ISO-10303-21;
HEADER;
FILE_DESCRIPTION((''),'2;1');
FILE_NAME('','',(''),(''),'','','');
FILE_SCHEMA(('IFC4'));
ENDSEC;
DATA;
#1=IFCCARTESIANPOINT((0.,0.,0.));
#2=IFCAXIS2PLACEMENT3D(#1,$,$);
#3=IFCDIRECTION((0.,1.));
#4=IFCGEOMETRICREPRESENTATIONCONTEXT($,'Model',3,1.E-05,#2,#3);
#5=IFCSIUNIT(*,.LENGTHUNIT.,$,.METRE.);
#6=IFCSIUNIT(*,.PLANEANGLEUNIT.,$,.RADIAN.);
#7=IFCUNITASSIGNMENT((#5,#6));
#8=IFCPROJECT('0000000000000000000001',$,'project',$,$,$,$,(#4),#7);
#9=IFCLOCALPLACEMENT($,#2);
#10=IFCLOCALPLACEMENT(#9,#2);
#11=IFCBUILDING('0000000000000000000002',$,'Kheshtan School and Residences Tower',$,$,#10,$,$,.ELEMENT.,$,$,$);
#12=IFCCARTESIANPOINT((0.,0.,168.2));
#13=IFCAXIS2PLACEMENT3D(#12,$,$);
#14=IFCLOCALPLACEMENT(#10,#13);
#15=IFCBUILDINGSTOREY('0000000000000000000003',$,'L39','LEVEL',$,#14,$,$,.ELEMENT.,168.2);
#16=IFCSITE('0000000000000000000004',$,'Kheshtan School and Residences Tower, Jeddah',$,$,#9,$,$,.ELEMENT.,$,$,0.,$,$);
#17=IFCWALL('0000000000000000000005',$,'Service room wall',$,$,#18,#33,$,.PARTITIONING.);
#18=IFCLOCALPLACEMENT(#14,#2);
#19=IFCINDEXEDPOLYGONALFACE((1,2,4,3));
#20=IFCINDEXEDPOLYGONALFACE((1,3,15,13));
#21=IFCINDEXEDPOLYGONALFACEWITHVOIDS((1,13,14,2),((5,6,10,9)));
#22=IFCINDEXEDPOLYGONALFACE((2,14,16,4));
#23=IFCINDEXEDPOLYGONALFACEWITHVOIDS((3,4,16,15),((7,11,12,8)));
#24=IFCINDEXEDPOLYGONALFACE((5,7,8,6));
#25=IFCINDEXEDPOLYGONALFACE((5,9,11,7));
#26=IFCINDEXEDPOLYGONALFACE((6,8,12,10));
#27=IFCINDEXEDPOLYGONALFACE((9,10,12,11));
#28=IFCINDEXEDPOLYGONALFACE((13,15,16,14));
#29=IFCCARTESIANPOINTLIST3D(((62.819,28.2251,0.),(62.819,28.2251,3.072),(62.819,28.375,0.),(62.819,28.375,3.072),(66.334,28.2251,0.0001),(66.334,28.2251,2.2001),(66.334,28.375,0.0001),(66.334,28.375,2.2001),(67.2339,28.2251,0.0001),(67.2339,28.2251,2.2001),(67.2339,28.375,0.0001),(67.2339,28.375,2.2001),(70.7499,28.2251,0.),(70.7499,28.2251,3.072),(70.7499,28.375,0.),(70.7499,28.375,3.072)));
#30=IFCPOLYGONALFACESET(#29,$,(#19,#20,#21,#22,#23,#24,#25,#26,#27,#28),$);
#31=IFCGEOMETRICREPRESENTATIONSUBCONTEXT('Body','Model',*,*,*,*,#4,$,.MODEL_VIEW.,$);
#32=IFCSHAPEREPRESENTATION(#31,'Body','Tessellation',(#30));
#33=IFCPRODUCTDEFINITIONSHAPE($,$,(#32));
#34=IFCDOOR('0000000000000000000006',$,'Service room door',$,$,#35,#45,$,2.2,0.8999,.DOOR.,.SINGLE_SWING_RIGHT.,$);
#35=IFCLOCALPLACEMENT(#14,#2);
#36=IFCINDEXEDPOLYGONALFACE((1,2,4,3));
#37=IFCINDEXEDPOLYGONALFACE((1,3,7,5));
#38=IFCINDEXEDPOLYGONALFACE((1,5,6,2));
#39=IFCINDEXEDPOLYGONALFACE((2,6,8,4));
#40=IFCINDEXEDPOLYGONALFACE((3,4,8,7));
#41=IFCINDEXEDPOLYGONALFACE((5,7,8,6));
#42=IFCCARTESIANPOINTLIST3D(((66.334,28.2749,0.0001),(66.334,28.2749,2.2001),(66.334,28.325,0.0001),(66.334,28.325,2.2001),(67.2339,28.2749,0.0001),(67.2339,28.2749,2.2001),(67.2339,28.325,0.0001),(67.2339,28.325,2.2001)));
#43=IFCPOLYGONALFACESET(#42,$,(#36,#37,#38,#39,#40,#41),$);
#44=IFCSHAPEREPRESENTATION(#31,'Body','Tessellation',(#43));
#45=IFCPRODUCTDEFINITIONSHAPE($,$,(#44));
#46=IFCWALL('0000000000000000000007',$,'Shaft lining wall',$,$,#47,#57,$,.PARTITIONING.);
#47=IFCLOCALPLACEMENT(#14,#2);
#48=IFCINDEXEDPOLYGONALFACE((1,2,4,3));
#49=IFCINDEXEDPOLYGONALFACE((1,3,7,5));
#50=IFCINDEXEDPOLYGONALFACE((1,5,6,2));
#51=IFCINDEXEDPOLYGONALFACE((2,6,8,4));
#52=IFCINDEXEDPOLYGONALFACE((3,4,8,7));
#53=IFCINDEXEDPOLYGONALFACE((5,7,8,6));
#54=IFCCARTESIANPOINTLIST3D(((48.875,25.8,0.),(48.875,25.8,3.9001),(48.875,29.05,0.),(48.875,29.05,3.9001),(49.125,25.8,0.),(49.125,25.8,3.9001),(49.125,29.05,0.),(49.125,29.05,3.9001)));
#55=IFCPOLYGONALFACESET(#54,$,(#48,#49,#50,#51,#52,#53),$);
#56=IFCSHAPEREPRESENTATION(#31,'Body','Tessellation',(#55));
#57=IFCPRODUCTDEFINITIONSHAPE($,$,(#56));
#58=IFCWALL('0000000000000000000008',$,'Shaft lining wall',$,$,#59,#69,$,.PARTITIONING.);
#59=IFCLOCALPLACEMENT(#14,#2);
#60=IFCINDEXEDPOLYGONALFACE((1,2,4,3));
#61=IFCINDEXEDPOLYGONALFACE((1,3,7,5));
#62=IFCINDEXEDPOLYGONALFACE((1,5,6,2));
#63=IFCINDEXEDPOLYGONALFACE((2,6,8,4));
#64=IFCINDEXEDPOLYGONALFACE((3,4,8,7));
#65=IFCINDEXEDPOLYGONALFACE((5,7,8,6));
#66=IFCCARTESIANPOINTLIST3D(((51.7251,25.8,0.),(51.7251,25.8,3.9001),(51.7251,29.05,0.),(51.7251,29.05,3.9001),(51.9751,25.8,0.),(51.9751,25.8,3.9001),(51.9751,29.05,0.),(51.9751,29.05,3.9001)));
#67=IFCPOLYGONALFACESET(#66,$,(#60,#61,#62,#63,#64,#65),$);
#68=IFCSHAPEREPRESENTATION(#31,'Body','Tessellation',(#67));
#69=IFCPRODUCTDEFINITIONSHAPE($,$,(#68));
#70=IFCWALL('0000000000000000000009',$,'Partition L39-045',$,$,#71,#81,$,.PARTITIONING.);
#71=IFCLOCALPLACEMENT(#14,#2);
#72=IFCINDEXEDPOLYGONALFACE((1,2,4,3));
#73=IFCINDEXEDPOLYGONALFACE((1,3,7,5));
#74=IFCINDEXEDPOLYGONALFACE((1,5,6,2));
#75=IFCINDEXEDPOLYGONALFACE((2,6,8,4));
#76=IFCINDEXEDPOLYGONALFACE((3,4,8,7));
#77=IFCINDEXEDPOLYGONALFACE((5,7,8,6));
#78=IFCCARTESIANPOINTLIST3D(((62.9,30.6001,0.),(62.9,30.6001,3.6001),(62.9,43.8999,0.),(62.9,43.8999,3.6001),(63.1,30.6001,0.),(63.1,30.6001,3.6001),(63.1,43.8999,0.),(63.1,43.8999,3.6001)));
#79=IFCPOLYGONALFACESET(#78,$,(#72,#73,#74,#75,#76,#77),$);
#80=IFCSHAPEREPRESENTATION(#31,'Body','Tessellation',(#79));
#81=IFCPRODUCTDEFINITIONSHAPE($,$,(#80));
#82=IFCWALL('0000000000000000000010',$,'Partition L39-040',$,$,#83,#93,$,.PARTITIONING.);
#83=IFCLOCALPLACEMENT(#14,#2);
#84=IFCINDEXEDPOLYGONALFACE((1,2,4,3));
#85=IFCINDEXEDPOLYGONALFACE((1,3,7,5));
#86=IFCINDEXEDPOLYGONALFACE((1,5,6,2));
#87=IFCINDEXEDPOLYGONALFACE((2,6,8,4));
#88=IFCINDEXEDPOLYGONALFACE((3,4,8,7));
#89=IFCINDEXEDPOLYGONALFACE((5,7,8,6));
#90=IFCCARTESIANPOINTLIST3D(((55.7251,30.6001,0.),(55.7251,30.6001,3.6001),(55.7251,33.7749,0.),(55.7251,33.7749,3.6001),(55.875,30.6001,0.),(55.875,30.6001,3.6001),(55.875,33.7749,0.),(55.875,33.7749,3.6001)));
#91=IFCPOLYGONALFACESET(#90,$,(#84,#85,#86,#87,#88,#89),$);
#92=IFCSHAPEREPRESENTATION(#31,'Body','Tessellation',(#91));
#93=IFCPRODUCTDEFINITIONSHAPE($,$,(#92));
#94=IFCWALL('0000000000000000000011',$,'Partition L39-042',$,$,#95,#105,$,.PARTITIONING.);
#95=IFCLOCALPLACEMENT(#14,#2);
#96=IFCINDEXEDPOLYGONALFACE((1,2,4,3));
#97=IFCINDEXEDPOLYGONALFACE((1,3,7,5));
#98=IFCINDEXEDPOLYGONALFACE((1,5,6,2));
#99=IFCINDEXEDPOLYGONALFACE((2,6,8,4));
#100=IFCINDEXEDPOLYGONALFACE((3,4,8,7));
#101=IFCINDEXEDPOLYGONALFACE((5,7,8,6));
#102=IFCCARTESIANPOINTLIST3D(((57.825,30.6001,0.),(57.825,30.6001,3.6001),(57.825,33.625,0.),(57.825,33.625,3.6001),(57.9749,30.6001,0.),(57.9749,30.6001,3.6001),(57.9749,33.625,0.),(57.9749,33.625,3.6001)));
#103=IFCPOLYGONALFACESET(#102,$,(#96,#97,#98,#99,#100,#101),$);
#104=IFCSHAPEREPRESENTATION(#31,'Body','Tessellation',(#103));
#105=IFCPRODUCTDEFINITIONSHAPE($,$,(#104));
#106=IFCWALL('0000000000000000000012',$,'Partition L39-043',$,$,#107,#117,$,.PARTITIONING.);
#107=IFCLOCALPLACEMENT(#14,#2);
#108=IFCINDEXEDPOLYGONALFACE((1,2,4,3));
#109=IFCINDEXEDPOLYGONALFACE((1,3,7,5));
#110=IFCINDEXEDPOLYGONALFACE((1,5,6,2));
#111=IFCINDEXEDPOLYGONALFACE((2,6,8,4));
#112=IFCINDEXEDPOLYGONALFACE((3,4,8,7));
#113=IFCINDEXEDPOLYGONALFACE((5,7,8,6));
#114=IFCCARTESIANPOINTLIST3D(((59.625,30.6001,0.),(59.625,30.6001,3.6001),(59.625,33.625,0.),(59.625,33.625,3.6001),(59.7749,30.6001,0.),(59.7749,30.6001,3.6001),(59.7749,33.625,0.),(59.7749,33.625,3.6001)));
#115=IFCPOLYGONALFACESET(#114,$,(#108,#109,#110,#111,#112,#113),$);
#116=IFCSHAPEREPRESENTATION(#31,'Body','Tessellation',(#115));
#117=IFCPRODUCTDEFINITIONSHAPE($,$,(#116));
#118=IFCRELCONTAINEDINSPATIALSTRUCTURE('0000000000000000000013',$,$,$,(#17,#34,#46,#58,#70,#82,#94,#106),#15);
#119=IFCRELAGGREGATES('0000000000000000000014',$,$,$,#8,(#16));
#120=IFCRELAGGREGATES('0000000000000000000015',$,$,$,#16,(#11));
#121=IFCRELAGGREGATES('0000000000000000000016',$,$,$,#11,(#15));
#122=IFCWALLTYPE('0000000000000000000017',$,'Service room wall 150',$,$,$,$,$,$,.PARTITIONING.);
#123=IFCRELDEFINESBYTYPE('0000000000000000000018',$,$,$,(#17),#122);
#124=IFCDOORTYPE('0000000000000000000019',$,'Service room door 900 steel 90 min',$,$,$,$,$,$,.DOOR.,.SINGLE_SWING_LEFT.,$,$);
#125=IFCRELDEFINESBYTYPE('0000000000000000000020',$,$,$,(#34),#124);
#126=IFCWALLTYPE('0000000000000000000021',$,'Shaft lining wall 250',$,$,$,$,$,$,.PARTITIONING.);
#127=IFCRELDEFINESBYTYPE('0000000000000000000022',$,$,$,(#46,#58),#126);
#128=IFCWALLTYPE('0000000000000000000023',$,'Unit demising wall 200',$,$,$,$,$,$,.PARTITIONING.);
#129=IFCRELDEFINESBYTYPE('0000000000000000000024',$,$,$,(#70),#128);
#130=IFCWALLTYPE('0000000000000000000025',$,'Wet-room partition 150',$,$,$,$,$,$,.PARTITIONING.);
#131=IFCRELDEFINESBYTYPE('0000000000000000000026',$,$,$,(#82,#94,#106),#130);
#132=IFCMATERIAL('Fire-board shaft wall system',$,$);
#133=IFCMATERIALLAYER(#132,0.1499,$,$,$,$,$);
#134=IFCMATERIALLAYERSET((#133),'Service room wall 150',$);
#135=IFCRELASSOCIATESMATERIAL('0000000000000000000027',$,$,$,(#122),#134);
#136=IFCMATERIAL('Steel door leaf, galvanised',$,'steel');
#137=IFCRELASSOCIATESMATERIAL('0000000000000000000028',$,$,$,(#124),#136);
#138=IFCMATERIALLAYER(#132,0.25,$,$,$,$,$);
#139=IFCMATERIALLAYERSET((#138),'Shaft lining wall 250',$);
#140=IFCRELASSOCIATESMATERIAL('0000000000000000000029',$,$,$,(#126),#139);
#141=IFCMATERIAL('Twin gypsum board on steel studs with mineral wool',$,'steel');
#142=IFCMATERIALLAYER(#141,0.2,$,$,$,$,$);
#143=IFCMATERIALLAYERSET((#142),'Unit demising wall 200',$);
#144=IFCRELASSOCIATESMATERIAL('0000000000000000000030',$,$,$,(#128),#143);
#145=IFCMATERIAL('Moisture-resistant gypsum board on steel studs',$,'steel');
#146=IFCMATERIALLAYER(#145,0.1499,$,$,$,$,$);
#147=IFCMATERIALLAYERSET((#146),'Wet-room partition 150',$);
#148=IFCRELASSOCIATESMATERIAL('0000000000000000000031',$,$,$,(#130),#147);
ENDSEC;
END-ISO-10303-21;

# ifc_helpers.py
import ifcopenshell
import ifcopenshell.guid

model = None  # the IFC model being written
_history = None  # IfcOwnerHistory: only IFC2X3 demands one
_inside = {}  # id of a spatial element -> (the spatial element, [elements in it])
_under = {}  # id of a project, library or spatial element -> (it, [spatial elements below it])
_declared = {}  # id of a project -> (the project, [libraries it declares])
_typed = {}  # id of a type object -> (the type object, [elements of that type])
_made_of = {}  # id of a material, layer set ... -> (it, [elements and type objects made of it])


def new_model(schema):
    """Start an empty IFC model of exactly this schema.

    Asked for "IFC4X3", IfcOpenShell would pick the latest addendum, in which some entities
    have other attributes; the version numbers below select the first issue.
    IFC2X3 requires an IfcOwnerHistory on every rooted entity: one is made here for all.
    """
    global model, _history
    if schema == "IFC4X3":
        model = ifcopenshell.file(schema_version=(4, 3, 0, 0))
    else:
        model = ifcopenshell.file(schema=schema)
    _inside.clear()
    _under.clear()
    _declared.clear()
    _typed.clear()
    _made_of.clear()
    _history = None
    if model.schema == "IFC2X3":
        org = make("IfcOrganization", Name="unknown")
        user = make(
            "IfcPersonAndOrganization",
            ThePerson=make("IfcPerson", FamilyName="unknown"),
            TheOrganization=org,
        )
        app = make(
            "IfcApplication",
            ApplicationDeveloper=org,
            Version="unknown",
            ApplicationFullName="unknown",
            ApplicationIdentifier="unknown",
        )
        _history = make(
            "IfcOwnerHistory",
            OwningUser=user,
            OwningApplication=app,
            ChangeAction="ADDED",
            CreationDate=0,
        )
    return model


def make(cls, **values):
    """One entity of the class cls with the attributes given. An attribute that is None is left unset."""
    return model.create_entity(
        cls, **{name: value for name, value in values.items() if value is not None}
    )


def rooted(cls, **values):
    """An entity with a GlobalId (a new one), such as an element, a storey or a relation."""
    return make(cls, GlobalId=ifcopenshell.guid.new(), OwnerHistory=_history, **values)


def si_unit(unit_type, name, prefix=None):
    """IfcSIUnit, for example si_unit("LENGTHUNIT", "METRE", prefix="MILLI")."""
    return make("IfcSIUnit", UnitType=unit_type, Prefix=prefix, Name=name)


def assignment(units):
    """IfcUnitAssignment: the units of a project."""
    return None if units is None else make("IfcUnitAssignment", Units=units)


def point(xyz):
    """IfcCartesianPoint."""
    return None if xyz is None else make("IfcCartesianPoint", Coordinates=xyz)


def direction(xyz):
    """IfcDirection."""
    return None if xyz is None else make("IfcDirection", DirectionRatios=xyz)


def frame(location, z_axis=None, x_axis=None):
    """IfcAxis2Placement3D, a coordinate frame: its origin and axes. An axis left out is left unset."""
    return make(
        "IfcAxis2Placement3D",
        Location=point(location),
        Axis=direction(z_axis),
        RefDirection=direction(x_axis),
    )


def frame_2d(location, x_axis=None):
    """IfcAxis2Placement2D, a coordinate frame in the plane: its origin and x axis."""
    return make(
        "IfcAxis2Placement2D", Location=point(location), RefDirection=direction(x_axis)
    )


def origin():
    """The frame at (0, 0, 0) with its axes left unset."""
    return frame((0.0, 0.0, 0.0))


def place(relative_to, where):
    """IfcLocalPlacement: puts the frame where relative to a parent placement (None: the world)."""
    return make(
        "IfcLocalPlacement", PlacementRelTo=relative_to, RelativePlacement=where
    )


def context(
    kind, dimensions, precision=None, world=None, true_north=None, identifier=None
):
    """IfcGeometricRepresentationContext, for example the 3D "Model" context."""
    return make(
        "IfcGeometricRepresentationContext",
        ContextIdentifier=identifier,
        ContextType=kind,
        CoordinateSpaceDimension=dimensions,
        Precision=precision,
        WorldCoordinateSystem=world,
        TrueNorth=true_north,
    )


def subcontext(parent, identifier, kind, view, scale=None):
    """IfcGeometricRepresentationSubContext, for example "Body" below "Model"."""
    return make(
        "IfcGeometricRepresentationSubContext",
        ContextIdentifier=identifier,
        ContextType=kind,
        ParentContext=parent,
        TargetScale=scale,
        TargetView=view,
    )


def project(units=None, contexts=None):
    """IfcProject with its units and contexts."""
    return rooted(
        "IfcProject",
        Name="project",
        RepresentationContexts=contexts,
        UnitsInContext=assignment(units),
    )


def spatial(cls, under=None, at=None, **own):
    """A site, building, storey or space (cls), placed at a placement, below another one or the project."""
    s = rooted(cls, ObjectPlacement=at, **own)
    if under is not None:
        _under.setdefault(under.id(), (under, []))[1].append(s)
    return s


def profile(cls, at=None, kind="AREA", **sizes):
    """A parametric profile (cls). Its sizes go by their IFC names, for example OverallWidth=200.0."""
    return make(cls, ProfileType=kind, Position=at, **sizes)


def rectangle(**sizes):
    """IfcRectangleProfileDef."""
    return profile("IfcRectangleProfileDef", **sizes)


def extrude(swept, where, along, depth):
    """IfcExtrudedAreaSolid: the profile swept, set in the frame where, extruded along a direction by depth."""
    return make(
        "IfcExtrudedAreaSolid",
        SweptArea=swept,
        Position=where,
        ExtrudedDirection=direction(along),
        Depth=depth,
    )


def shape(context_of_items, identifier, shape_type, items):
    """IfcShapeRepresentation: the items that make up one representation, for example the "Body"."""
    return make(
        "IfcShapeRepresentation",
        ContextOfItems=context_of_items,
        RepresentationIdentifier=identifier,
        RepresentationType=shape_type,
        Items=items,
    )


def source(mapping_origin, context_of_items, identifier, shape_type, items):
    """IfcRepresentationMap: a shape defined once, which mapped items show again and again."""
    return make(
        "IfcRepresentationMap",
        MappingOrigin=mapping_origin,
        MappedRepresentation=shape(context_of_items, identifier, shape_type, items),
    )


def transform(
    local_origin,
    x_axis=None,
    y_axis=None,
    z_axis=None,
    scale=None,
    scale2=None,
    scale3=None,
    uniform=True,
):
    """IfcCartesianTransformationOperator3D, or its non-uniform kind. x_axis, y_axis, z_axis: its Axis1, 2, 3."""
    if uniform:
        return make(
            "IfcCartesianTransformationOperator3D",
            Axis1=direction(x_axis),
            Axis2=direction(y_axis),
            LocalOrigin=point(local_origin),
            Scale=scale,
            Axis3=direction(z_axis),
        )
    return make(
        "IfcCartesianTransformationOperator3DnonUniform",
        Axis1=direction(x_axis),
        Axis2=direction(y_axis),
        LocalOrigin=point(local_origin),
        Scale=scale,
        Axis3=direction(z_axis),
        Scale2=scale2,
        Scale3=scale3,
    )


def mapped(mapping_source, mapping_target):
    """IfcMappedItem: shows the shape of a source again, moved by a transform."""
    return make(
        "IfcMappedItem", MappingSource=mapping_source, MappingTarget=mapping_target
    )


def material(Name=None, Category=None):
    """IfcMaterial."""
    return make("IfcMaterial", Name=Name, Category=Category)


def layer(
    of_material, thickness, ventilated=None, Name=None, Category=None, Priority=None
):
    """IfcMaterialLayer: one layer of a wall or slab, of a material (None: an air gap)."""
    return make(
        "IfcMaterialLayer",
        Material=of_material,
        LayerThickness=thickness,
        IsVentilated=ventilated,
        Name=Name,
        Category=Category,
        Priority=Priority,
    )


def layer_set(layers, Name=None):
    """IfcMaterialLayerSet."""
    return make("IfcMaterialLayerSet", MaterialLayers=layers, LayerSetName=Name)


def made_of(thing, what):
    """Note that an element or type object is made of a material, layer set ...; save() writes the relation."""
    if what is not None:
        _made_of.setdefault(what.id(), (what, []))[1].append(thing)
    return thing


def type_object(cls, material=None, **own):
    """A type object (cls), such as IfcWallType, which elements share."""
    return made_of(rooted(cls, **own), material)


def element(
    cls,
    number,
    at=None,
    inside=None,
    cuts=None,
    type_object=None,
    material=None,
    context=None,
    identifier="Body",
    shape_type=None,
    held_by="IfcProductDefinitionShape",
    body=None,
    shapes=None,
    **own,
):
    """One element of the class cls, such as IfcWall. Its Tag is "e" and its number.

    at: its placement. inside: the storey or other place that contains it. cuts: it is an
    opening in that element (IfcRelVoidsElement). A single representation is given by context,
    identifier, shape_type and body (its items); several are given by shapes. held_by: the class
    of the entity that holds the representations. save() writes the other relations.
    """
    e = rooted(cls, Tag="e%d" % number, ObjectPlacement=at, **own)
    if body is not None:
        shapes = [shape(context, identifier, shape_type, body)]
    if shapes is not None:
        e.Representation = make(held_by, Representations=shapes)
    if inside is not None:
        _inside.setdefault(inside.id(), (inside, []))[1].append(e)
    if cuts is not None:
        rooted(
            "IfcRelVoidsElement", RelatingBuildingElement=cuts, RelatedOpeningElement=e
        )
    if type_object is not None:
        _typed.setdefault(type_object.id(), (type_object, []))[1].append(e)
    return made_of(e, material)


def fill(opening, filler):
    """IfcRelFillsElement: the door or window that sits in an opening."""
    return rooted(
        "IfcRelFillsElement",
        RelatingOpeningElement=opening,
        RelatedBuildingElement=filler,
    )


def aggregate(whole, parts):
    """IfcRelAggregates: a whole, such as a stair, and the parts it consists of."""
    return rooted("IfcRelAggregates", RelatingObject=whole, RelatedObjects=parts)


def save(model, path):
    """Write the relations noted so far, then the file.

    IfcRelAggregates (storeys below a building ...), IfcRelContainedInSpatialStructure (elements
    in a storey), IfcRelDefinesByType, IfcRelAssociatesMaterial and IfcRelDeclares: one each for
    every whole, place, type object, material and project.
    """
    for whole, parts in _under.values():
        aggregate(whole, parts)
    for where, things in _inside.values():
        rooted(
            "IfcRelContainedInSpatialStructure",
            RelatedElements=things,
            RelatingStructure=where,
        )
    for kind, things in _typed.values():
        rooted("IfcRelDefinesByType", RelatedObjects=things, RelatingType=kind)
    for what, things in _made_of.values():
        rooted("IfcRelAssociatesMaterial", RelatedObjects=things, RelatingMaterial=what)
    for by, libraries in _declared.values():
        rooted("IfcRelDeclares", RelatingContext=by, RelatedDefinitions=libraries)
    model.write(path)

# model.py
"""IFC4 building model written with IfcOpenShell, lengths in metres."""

from ifc_helpers import new_model, si_unit, direction, frame, frame_2d, origin, place, context, subcontext, project, spatial, rectangle, extrude, source, transform, mapped, material, layer, layer_set, type_object, element, fill, save


model = new_model("IFC4")

# Units and contexts
model_context = context("Model", 3, precision=1e-05, world=origin(), true_north=direction((0.0, 1.0)))
body_context = subcontext(model_context, "Body", "Model", "MODEL_VIEW")
ifc_project = project(units=[si_unit("LENGTHUNIT", "METRE"), si_unit("PLANEANGLEUNIT", "RADIAN")], contexts=[model_context])

# Site, building, storey
site_placement = place(None, origin())
site = spatial("IfcSite", under=ifc_project, at=site_placement, Name="Kheshtan School and Residences Tower, Jeddah", CompositionType="ELEMENT", RefElevation=0.0)
building_placement = place(site_placement, origin())
building = spatial("IfcBuilding", under=site, at=building_placement, Name="Kheshtan School and Residences Tower", CompositionType="ELEMENT")
storey_placement = place(building_placement, frame((0.0, 0.0, 168.2)))
storey = spatial("IfcBuildingStorey", under=building, at=storey_placement, Name="L39", Description="LEVEL", CompositionType="ELEMENT", Elevation=168.2)

# Shared definitions
ifc_material_1 = material(Name="Fire-board shaft wall system")
ifc_layer_1 = layer(ifc_material_1, 0.1499)
ifc_layer_set_1 = layer_set([ifc_layer_1], Name="Service room wall 150")
wall_type_1 = type_object("IfcWallType", Name="Service room wall 150", PredefinedType="PARTITIONING", material=ifc_layer_set_1)

# Shared definitions
ifc_material_2 = material(Name="Steel door leaf, galvanised", Category="steel")
door_type_1 = type_object("IfcDoorType", Name="Service room door 900 steel 90 min", OperationType="SINGLE_SWING_LEFT", PredefinedType="DOOR", material=ifc_material_2)
shared_shape_1 = source(origin(), body_context, "Body", "SweptSolid", [
    extrude(rectangle(XDim=0.8999, YDim=2.2, at=frame_2d((0.45, 1.1001))), frame((0.0, 0.0249, 0.0), z_axis=(0.0, -1.0, 0.0), x_axis=(1.0, 0.0, 0.0)), (0.0, 0.0, 1.0), 0.05),
])

# Wall, opening, door
wall_1_placement = place(storey_placement, frame((62.8191, 28.3, 0.0), z_axis=(0.0, 0.0, 1.0), x_axis=(1.0, 0.0, 0.0)))
wall_1 = element("IfcWall", 1, at=wall_1_placement, inside=storey, type_object=wall_type_1, Name="Service room wall", PredefinedType="PARTITIONING", context=body_context, shape_type="SweptSolid", body=[
    extrude(rectangle(XDim=7.9309, YDim=0.1499, at=frame_2d((3.9653, 0.0))), origin(), (0.0, 0.0, 1.0), 3.072),
])
opening_1_placement = place(wall_1_placement, frame((3.5149, 0.0, 0.0)))
opening_1 = element("IfcOpeningElement", 2, at=opening_1_placement, cuts=wall_1, PredefinedType="OPENING", context=body_context, shape_type="SweptSolid", body=[
    extrude(rectangle(XDim=0.8999, YDim=2.2, at=frame_2d((0.45, 1.1001))), frame((0.0, 0.085, 0.0), z_axis=(0.0, -1.0, 0.0), x_axis=(1.0, 0.0, 0.0)), (0.0, 0.0, 1.0), 0.1699),
])
door_1_placement = place(opening_1_placement, origin())
door_1 = element("IfcDoor", 3, at=door_1_placement, inside=storey, type_object=door_type_1, Name="Service room door", OperationType="SINGLE_SWING_RIGHT", OverallHeight=2.2, OverallWidth=0.8999, PredefinedType="DOOR", context=body_context, shape_type="MappedRepresentation", body=[
    mapped(shared_shape_1, transform((0.0, 0.0, 0.0), x_axis=(1.0, 0.0, 0.0), y_axis=(0.0, 1.0, 0.0), z_axis=(0.0, 0.0, 1.0), scale=1.0)),
])
fill(opening_1, door_1)

# Walls
ifc_layer_2 = layer(ifc_material_1, 0.25)
ifc_layer_set_2 = layer_set([ifc_layer_2], Name="Shaft lining wall 250")
wall_type_2 = type_object("IfcWallType", Name="Shaft lining wall 250", PredefinedType="PARTITIONING", material=ifc_layer_set_2)
for number, where, z_axis, x_axis, name in (
    (4, (49.0, 25.8, 0.0), (0.0, 0.0, 1.0), (0.0, 1.0, 0.0), "Shaft lining wall"),
    (5, (51.8501, 25.8, 0.0), (0.0, 0.0, 1.0), (0.0, 1.0, 0.0), "Shaft lining wall"),
):
    element("IfcWall", number, at=place(storey_placement, frame(where, z_axis=z_axis, x_axis=x_axis)), inside=storey, type_object=wall_type_2, Name=name, PredefinedType="PARTITIONING", context=body_context, shape_type="SweptSolid", body=[
        extrude(rectangle(XDim=3.25, YDim=0.25, at=frame_2d((1.625, 0.0))), origin(), (0.0, 0.0, 1.0), 3.9001),
    ])
ifc_material_3 = material(Name="Twin gypsum board on steel studs with mineral wool", Category="steel")
ifc_layer_3 = layer(ifc_material_3, 0.2)
ifc_layer_set_3 = layer_set([ifc_layer_3], Name="Unit demising wall 200")
wall_type_3 = type_object("IfcWallType", Name="Unit demising wall 200", PredefinedType="PARTITIONING", material=ifc_layer_set_3)
wall_2_placement = place(storey_placement, frame((63.0, 30.6001, 0.0), z_axis=(0.0, 0.0, 1.0), x_axis=(0.0, 1.0, 0.0)))
element("IfcWall", 6, at=wall_2_placement, inside=storey, type_object=wall_type_3, Name="Partition L39-045", PredefinedType="PARTITIONING", context=body_context, shape_type="SweptSolid", body=[
    extrude(rectangle(XDim=13.2998, YDim=0.2, at=frame_2d((6.6499, 0.0))), origin(), (0.0, 0.0, 1.0), 3.6001),
])
ifc_material_4 = material(Name="Moisture-resistant gypsum board on steel studs", Category="steel")
ifc_layer_4 = layer(ifc_material_4, 0.1499)
ifc_layer_set_4 = layer_set([ifc_layer_4], Name="Wet-room partition 150")
wall_type_4 = type_object("IfcWallType", Name="Wet-room partition 150", PredefinedType="PARTITIONING", material=ifc_layer_set_4)
wall_3_placement = place(storey_placement, frame((55.8, 30.6001, 0.0), z_axis=(0.0, 0.0, 1.0), x_axis=(0.0, 1.0, 0.0)))
element("IfcWall", 7, at=wall_3_placement, inside=storey, type_object=wall_type_4, Name="Partition L39-040", PredefinedType="PARTITIONING", context=body_context, shape_type="SweptSolid", body=[
    extrude(rectangle(XDim=3.1748, YDim=0.1499, at=frame_2d((1.5874, 0.0))), origin(), (0.0, 0.0, 1.0), 3.6001),
])
for number, where, z_axis, x_axis, name in (
    (8, (57.8999, 30.6001, 0.0), (0.0, 0.0, 1.0), (0.0, 1.0, 0.0), "Partition L39-042"),
    (9, (59.7, 30.6001, 0.0), (0.0, 0.0, 1.0), (0.0, 1.0, 0.0), "Partition L39-043"),
):
    element("IfcWall", number, at=place(storey_placement, frame(where, z_axis=z_axis, x_axis=x_axis)), inside=storey, type_object=wall_type_4, Name=name, PredefinedType="PARTITIONING", context=body_context, shape_type="SweptSolid", body=[
        extrude(rectangle(XDim=3.0249, YDim=0.1499, at=frame_2d((1.5125, 0.0))), origin(), (0.0, 0.0, 1.0), 3.6001),
    ])

save(model, "model.ifc")
